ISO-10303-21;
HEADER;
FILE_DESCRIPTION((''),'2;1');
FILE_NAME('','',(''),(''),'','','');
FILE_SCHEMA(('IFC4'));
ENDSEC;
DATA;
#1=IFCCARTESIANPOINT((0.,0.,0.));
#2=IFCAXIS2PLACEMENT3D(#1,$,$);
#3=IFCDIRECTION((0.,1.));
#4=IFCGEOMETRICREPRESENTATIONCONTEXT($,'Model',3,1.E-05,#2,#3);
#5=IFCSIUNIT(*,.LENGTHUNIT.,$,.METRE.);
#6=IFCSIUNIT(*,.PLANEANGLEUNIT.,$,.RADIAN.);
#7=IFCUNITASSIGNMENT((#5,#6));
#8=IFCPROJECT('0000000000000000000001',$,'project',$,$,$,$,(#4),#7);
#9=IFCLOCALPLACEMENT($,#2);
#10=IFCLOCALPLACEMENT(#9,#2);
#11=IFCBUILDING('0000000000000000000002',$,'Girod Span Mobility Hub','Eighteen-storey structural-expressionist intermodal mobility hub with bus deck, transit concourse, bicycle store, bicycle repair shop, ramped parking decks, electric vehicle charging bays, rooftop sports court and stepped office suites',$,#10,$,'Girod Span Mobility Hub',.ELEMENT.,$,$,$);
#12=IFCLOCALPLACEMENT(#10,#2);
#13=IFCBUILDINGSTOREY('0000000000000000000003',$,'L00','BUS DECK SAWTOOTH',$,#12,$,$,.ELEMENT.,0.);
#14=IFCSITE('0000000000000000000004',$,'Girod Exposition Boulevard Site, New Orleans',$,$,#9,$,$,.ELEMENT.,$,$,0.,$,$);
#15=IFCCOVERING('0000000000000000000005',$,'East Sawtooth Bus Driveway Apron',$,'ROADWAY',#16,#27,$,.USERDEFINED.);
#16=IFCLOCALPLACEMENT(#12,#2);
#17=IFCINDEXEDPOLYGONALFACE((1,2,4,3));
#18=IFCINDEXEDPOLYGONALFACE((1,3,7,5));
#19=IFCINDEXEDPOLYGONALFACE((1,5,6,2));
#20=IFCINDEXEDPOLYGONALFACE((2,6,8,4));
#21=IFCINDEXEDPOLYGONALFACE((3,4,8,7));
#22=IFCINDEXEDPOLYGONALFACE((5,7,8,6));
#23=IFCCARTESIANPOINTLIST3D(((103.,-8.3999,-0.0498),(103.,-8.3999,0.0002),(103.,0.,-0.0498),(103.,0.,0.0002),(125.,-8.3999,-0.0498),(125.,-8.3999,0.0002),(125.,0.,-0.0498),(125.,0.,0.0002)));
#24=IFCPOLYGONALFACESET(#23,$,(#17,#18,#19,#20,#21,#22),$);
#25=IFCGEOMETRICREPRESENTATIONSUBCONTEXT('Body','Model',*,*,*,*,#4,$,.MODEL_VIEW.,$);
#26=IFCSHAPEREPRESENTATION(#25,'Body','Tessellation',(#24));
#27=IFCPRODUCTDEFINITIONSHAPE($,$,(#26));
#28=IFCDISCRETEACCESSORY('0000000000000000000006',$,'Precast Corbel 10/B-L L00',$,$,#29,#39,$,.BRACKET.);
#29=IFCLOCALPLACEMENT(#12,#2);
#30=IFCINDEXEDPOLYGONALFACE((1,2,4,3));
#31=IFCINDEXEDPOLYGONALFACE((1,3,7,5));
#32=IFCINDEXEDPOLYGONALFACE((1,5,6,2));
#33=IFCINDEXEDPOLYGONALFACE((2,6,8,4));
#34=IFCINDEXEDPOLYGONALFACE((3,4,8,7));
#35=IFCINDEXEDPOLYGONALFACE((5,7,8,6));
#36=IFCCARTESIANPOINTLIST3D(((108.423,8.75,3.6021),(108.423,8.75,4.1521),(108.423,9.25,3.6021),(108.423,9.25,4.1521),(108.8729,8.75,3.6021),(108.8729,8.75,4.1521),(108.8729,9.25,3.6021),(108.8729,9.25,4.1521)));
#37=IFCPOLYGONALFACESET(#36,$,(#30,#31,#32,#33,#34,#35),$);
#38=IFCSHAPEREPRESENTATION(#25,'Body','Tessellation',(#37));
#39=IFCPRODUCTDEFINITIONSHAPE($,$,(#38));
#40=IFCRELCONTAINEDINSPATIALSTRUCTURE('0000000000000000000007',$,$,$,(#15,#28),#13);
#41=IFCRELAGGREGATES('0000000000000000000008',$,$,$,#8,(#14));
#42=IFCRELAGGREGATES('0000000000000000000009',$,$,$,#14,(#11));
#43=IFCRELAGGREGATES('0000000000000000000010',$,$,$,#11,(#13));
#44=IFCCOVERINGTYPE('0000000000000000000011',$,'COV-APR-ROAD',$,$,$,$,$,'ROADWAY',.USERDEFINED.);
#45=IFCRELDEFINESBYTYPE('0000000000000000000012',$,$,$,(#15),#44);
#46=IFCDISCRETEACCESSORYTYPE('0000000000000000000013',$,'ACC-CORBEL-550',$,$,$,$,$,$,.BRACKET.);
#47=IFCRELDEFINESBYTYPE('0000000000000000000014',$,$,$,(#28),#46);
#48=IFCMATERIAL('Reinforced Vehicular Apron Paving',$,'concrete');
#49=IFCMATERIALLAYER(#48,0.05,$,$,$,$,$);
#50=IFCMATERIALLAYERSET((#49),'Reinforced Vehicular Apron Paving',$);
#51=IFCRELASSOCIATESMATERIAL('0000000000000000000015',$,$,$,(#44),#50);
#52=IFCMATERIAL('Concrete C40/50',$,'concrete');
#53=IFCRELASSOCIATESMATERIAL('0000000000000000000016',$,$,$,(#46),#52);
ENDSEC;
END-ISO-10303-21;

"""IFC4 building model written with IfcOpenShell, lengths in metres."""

from ifc_helpers import new_model, si_unit, direction, frame, origin, origin_2d, place, context, subcontext, project, spatial, rectangle, extrude, material, layer, layer_set, type_object, element, save


model = new_model("IFC4")

# Units and contexts
model_context = context("Model", 3, precision=1e-05, world=origin(), true_north=direction((0.0, 1.0)))
body_context = subcontext(model_context, "Body", "Model", "MODEL_VIEW")
ifc_project = project(units=[si_unit("LENGTHUNIT", "METRE"), si_unit("PLANEANGLEUNIT", "RADIAN")], contexts=[model_context])

# Site, building, storey
site_placement = place(None, origin())
site = spatial("IfcSite", under=ifc_project, at=site_placement, Name="Girod Exposition Boulevard Site, New Orleans", CompositionType="ELEMENT", RefElevation=0.0)
building_placement = place(site_placement, origin())
building = spatial("IfcBuilding", under=site, at=building_placement, Name="Girod Span Mobility Hub", Description="Eighteen-storey structural-expressionist intermodal mobility hub with bus deck, transit concourse, bicycle store, bicycle repair shop, ramped parking decks, electric vehicle charging bays, rooftop sports court and stepped office suites", LongName="Girod Span Mobility Hub", CompositionType="ELEMENT")
storey_placement = place(building_placement, origin())
storey = spatial("IfcBuildingStorey", under=building, at=storey_placement, Name="L00", Description="BUS DECK SAWTOOTH", CompositionType="ELEMENT", Elevation=0.0)

# Covering
ifc_material_1 = material(Name="Reinforced Vehicular Apron Paving", Category="concrete")
ifc_layer = layer(ifc_material_1, 0.05)
ifc_layer_set = layer_set([ifc_layer], Name="Reinforced Vehicular Apron Paving")
covering_type = type_object("IfcCoveringType", Name="COV-APR-ROAD", ElementType="ROADWAY", PredefinedType="USERDEFINED", material=ifc_layer_set)
covering_placement = place(storey_placement, frame((114.0, -4.2, -0.0498), z_axis=(0.0, 0.0, 1.0), x_axis=(1.0, 0.0, 0.0)))
element("IfcCovering", 1, at=covering_placement, inside=storey, type_object=covering_type, Name="East Sawtooth Bus Driveway Apron", ObjectType="ROADWAY", PredefinedType="USERDEFINED", context=body_context, shape_type="SweptSolid", body=[
    extrude(rectangle(XDim=22.0, YDim=8.3999, at=origin_2d()), origin(), (0.0, 0.0, 1.0), 0.05),
])

# Discrete accessory
ifc_material_2 = material(Name="Concrete C40/50", Category="concrete")
discrete_accessory_type = type_object("IfcDiscreteAccessoryType", Name="ACC-CORBEL-550", PredefinedType="BRACKET", material=ifc_material_2)
discrete_accessory_placement = place(storey_placement, frame((108.6479, 9.0, 3.6021), z_axis=(0.0, 0.0, 1.0), x_axis=(1.0, 0.0, 0.0)))
element("IfcDiscreteAccessory", 2, at=discrete_accessory_placement, inside=storey, type_object=discrete_accessory_type, Name="Precast Corbel 10/B-L L00", PredefinedType="BRACKET", context=body_context, shape_type="SweptSolid", body=[
    extrude(rectangle(XDim=0.45, YDim=0.5, at=origin_2d()), origin(), (0.0, 0.0, 1.0), 0.55),
])

save(model, "model.ifc")
